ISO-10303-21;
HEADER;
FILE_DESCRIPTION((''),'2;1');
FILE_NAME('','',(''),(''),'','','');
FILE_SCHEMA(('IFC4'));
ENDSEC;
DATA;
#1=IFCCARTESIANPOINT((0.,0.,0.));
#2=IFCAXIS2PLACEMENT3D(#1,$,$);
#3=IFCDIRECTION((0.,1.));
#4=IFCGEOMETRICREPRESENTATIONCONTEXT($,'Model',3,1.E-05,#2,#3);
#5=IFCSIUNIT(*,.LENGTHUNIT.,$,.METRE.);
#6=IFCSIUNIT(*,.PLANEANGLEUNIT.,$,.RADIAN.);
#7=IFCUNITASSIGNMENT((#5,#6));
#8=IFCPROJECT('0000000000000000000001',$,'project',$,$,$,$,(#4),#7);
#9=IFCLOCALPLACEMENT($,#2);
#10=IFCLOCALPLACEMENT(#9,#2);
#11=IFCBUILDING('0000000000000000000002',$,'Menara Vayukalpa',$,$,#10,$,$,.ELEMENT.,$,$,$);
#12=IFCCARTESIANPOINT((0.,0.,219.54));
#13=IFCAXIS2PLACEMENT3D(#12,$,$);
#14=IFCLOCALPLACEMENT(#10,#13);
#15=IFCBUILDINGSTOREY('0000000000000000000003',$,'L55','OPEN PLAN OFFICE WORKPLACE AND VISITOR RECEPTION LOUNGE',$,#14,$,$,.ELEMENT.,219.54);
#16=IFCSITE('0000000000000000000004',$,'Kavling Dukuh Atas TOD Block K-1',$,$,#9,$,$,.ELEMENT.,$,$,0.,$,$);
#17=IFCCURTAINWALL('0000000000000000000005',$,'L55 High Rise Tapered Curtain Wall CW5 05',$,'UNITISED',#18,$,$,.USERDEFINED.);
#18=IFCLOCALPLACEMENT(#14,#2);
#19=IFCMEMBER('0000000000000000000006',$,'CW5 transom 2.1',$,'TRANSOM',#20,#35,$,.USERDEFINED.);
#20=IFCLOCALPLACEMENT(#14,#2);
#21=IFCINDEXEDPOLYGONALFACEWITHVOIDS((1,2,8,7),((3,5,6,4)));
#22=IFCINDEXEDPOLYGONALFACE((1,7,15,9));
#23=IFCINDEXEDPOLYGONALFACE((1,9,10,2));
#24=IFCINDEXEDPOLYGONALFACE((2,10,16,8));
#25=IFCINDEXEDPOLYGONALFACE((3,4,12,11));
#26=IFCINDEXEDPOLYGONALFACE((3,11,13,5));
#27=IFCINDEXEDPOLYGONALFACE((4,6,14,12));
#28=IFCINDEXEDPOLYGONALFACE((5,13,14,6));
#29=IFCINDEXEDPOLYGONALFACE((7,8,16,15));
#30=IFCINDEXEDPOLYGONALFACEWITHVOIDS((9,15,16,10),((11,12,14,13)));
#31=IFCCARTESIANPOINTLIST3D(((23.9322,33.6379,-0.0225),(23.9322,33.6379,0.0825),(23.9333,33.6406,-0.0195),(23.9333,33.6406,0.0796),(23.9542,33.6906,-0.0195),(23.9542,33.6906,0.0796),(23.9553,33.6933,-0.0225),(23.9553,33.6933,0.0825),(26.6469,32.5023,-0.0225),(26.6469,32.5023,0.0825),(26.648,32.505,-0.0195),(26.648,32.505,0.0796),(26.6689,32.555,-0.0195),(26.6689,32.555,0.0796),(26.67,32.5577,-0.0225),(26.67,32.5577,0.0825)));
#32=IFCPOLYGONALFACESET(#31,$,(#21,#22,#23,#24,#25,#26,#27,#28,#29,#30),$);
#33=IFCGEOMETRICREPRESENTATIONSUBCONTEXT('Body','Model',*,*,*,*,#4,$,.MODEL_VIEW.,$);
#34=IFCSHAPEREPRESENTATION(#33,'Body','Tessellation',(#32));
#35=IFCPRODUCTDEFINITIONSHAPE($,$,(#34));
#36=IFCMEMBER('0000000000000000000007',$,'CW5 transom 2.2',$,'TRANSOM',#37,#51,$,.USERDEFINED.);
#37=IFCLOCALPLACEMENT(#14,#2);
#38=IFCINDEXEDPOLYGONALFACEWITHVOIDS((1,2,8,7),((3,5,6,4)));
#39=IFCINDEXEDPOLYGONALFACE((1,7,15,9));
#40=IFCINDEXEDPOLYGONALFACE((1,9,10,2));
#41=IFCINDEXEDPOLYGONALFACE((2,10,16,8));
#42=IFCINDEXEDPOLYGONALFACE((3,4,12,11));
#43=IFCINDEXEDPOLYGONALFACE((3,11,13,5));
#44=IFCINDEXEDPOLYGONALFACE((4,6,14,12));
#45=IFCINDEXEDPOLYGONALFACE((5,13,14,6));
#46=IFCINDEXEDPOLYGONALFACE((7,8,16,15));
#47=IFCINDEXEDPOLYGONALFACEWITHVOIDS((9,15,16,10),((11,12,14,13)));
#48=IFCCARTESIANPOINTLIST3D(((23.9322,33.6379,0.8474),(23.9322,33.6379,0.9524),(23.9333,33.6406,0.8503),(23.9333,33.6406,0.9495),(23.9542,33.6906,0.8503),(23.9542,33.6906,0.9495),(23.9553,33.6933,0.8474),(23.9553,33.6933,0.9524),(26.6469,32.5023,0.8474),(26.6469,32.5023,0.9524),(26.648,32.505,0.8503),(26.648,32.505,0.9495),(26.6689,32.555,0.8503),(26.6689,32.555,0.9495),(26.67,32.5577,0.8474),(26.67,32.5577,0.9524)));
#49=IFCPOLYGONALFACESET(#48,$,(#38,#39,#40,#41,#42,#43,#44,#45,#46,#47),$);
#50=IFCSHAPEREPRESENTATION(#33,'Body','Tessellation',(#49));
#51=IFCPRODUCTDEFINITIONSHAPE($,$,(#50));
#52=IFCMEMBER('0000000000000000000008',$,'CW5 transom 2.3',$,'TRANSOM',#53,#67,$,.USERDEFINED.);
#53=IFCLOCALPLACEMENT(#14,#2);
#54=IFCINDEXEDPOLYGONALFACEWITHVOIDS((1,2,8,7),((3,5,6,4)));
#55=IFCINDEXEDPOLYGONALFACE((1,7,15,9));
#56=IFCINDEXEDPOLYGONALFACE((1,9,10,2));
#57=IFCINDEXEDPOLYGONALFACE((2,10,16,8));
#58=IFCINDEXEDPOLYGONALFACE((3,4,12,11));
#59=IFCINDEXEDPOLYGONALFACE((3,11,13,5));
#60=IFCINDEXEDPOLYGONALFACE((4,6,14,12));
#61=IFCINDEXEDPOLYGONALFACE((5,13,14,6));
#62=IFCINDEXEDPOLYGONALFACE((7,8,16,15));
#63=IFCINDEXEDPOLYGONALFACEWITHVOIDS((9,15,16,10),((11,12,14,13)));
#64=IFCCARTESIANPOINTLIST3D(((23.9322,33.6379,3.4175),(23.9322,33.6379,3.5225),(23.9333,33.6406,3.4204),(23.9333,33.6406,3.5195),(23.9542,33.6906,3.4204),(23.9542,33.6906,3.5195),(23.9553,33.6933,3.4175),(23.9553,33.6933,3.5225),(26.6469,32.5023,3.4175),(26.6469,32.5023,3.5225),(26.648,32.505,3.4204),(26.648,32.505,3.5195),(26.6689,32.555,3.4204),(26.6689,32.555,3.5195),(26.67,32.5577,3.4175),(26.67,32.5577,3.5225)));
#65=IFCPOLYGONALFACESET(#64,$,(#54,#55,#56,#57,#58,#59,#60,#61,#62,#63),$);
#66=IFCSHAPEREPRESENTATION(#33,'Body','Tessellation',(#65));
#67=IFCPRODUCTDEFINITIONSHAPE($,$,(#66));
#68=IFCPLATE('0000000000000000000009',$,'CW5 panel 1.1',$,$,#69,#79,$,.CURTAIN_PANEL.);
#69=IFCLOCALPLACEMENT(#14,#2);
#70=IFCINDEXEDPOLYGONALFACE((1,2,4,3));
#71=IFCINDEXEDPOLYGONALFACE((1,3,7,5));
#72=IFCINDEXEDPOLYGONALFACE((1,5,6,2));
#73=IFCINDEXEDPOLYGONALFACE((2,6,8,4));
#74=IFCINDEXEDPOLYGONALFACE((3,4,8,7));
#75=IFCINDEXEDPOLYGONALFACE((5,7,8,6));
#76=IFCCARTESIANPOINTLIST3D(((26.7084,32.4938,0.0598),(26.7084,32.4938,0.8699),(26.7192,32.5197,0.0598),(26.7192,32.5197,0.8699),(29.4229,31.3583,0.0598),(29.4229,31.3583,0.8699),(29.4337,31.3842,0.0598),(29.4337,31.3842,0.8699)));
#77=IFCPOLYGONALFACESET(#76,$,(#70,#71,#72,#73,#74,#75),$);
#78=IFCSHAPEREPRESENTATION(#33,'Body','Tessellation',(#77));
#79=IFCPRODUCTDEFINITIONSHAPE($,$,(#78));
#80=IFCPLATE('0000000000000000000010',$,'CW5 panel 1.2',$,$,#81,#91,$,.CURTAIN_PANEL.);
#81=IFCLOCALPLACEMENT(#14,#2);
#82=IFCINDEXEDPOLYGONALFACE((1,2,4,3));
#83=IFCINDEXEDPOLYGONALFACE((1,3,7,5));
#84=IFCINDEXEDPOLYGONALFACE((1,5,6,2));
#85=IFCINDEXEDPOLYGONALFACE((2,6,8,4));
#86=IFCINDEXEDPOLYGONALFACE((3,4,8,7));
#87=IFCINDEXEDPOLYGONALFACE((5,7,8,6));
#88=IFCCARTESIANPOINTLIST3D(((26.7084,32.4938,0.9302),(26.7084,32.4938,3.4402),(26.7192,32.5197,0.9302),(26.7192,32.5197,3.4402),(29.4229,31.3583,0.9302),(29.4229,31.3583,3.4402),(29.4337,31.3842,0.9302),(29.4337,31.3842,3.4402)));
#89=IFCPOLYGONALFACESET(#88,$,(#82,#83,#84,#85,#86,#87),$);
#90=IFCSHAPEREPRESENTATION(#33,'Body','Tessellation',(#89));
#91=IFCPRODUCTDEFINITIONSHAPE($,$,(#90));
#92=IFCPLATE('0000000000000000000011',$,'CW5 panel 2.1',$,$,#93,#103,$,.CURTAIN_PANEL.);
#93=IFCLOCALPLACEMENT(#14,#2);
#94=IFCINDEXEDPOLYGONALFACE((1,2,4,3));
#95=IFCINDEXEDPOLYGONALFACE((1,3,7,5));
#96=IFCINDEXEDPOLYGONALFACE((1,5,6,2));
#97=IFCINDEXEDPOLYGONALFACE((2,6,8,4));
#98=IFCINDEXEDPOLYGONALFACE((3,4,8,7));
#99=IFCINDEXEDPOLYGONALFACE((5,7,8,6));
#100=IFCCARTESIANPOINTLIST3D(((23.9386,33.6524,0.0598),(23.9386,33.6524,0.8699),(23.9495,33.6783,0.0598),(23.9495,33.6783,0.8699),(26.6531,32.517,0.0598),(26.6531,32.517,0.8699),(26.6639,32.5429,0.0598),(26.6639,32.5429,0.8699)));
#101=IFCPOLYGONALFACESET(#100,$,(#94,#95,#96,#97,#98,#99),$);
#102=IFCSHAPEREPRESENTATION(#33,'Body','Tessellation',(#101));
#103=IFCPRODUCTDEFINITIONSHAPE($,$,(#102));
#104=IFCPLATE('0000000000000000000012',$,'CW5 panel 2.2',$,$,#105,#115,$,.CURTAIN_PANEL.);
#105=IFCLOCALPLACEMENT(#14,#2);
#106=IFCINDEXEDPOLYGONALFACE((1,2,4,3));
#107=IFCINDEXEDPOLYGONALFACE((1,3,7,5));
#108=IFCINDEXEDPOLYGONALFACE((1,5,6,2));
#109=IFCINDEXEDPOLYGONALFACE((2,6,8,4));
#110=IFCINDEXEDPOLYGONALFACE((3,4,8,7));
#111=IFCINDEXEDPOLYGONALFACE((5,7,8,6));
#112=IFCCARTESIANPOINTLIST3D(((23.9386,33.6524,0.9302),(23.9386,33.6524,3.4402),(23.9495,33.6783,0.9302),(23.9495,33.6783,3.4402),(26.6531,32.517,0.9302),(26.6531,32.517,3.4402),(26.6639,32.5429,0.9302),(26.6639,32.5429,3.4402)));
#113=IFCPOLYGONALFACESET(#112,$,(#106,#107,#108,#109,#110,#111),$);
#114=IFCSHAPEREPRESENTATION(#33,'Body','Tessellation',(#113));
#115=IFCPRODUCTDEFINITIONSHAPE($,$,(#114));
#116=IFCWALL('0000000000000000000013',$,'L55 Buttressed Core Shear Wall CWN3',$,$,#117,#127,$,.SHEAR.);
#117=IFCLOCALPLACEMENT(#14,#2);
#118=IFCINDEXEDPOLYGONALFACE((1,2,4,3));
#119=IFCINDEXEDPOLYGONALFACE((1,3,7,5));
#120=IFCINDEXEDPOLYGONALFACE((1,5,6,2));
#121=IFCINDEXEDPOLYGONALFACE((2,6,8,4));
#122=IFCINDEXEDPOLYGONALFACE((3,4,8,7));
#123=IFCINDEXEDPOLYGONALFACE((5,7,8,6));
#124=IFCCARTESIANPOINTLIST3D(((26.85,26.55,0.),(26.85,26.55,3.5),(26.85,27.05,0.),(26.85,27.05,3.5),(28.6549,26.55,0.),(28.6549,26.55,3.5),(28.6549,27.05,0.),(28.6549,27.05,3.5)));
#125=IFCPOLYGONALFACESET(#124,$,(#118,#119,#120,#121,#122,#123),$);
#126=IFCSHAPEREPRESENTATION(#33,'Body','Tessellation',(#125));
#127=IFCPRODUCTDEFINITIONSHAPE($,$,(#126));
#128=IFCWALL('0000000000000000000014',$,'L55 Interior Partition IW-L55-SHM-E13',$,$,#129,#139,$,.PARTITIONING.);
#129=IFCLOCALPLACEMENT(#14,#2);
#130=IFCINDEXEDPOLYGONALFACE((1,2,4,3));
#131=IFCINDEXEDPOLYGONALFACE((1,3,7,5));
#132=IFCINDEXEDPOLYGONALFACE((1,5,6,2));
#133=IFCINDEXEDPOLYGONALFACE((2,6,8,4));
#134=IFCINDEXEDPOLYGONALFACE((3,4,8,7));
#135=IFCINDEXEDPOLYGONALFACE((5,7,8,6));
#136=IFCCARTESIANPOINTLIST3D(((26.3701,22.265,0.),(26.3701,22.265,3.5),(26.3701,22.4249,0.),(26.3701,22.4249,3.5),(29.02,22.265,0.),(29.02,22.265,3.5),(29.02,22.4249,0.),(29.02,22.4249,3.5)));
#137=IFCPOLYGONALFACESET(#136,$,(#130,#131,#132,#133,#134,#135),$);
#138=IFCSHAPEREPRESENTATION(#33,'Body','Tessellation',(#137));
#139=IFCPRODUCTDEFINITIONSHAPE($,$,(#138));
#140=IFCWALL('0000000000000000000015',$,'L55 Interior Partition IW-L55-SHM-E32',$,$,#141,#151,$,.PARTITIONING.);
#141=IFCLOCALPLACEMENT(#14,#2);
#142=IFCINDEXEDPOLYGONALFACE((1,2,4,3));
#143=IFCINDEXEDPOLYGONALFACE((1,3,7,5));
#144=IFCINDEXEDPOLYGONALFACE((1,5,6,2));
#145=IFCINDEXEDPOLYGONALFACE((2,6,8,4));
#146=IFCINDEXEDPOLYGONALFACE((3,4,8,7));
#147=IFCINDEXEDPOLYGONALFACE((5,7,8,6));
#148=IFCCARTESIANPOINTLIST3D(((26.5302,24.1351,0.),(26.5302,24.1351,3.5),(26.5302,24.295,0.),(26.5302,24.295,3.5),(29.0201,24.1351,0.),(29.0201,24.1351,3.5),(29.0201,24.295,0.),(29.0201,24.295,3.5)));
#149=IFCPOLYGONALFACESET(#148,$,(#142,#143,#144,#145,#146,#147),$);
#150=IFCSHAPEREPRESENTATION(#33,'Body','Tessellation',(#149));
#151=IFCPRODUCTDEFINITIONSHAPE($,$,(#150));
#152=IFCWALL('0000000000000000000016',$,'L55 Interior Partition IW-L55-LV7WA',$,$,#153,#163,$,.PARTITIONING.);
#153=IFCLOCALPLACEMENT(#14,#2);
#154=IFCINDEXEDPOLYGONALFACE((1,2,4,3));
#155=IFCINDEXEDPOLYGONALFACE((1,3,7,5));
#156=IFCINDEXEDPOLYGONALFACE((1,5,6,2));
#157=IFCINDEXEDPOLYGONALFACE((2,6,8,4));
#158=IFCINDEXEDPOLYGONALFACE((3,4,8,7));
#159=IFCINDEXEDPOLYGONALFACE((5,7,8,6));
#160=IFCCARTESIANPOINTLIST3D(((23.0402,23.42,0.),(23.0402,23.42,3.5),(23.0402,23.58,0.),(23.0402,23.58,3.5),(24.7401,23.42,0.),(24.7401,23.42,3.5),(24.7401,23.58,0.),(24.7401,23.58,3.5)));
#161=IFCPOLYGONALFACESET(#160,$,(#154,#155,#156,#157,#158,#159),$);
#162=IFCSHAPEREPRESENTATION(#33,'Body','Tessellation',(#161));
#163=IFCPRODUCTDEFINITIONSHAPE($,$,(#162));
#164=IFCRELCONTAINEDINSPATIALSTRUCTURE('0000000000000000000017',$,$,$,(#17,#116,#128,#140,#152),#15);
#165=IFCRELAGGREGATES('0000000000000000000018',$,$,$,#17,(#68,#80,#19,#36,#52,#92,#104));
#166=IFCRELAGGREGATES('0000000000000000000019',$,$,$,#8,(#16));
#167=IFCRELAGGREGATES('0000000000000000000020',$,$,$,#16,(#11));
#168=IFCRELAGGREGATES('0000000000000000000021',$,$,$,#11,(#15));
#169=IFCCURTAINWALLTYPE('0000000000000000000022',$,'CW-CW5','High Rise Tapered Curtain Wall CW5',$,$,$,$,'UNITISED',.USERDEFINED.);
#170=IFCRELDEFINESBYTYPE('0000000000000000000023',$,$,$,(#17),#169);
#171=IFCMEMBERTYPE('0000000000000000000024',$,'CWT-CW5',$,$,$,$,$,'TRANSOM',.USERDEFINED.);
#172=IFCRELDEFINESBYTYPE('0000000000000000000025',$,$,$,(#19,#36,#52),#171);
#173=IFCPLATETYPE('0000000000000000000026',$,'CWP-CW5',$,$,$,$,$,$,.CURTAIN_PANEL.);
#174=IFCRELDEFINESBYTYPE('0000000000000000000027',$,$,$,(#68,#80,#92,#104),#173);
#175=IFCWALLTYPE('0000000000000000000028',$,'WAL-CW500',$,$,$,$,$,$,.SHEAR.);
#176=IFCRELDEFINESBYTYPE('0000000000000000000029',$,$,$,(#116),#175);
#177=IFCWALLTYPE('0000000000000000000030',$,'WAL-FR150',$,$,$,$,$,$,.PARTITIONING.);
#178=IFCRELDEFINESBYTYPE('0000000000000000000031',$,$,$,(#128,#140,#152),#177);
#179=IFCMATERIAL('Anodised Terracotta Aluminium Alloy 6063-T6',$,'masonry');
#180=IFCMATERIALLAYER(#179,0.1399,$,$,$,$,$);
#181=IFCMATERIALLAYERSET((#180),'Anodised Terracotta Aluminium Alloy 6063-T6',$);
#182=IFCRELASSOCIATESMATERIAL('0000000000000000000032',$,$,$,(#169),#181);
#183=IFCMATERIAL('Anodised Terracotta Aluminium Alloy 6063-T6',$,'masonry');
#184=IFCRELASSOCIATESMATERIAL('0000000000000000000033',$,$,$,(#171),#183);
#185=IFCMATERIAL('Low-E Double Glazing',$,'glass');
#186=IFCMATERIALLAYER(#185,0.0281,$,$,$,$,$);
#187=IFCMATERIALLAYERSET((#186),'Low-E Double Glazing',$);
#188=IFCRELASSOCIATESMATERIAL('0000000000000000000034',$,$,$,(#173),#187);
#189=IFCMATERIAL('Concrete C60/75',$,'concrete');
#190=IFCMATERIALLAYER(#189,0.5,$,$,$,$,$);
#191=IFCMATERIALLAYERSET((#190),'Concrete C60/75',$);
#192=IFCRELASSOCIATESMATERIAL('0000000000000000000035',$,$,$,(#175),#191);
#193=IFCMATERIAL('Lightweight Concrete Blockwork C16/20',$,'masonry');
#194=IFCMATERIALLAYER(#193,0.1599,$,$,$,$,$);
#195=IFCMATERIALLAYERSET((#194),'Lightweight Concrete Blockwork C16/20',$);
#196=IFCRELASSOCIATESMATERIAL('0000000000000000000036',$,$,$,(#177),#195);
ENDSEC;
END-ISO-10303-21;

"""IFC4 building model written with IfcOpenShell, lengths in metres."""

from ifc_helpers import new_model, si_unit, direction, frame, frame_2d, origin, origin_2d, place, context, subcontext, project, spatial, rectangle, hollow_rectangle, extrude, material, layer, layer_set, material_profile, profile_set, type_object, element, aggregate, save


model = new_model("IFC4")

# Units and contexts
model_context = context("Model", 3, precision=1e-05, world=origin(), true_north=direction((0.0, 1.0)))
body_context = subcontext(model_context, "Body", "Model", "MODEL_VIEW")
ifc_project = project(units=[si_unit("LENGTHUNIT", "METRE"), si_unit("PLANEANGLEUNIT", "RADIAN")], contexts=[model_context])

# Site, building, storey
site_placement = place(None, origin())
site = spatial("IfcSite", under=ifc_project, at=site_placement, Name="Kavling Dukuh Atas TOD Block K-1", CompositionType="ELEMENT", RefElevation=0.0)
building_placement = place(site_placement, origin())
building = spatial("IfcBuilding", under=site, at=building_placement, Name="Menara Vayukalpa", CompositionType="ELEMENT")
storey_placement = place(building_placement, frame((0.0, 0.0, 219.54)))
storey = spatial("IfcBuildingStorey", under=building, at=storey_placement, Name="L55", Description="OPEN PLAN OFFICE WORKPLACE AND VISITOR RECEPTION LOUNGE", CompositionType="ELEMENT", Elevation=219.54)

# Curtain wall, members, plates
ifc_material_1 = material(Name="Anodised Terracotta Aluminium Alloy 6063-T6", Category="masonry")
ifc_layer_1 = layer(ifc_material_1, 0.1399)
ifc_layer_set_1 = layer_set([ifc_layer_1], Name="Anodised Terracotta Aluminium Alloy 6063-T6")
curtain_wall_type = type_object("IfcCurtainWallType", Name="CW-CW5", Description="High Rise Tapered Curtain Wall CW5", ElementType="UNITISED", PredefinedType="USERDEFINED", material=ifc_layer_set_1)
curtain_wall_placement = place(storey_placement, origin())
curtain_wall = element("IfcCurtainWall", 1, at=curtain_wall_placement, inside=storey, type_object=curtain_wall_type, Name="L55 High Rise Tapered Curtain Wall CW5 05", ObjectType="UNITISED", PredefinedType="USERDEFINED")
ifc_material_2 = material(Name="Anodised Terracotta Aluminium Alloy 6063-T6", Category="masonry")
ifc_material_profile_1 = material_profile(ifc_material_2, hollow_rectangle(XDim=0.0601, YDim=0.105, WallThickness=0.0029, at=origin_2d()), Name="ALU 60x105x3")
ifc_profile_set_1 = profile_set([ifc_material_profile_1], Name="Anodised Terracotta Aluminium Alloy 6063-T6")
member_type_1 = type_object("IfcMemberType", Name="CWT-CW5", ElementType="TRANSOM", PredefinedType="USERDEFINED", material=ifc_profile_set_1)
member_1_placement = place(storey_placement, frame((26.6584, 32.53, 0.03), z_axis=(-0.922543, 0.385893, 0.0), x_axis=(-0.385893, -0.922543, 0.0)))
member_1 = element("IfcMember", 2, at=member_1_placement, type_object=member_type_1, Name="CW5 transom 2.1", ObjectType="TRANSOM", PredefinedType="USERDEFINED", context=body_context, shape_type="SweptSolid", body=[
    extrude(hollow_rectangle(XDim=0.0601, YDim=0.105, WallThickness=0.0029, at=origin_2d()), origin(), (0.0, 0.0, 1.0), 2.9426),
])
member_2_placement = place(storey_placement, frame((26.6584, 32.53, 0.8999), z_axis=(-0.922543, 0.385893, 0.0), x_axis=(-0.385893, -0.922543, 0.0)))
member_2 = element("IfcMember", 3, at=member_2_placement, type_object=member_type_1, Name="CW5 transom 2.2", ObjectType="TRANSOM", PredefinedType="USERDEFINED", context=body_context, shape_type="SweptSolid", body=[
    extrude(hollow_rectangle(XDim=0.0601, YDim=0.105, WallThickness=0.0029, at=origin_2d()), origin(), (0.0, 0.0, 1.0), 2.9426),
])
member_3_placement = place(storey_placement, frame((26.6584, 32.53, 3.47), z_axis=(-0.922543, 0.385893, 0.0), x_axis=(-0.385893, -0.922543, 0.0)))
member_3 = element("IfcMember", 4, at=member_3_placement, type_object=member_type_1, Name="CW5 transom 2.3", ObjectType="TRANSOM", PredefinedType="USERDEFINED", context=body_context, shape_type="SweptSolid", body=[
    extrude(hollow_rectangle(XDim=0.0601, YDim=0.105, WallThickness=0.0029, at=origin_2d()), origin(), (0.0, 0.0, 1.0), 2.9426),
])
ifc_material_3 = material(Name="Low-E Double Glazing", Category="glass")
ifc_layer_2 = layer(ifc_material_3, 0.0281)
ifc_layer_set_2 = layer_set([ifc_layer_2], Name="Low-E Double Glazing")
plate_type = type_object("IfcPlateType", Name="CWP-CW5", PredefinedType="CURTAIN_PANEL", material=ifc_layer_set_2)
plate_1_placement = place(storey_placement, frame((28.071, 31.939, 0.0598), z_axis=(0.0, 0.0, 1.0), x_axis=(-0.922539, 0.385903, 0.0)))
plate_1 = element("IfcPlate", 5, at=plate_1_placement, type_object=plate_type, Name="CW5 panel 1.1", PredefinedType="CURTAIN_PANEL", context=body_context, shape_type="SweptSolid", body=[
    extrude(rectangle(XDim=2.9424, YDim=0.0281, at=origin_2d()), origin(), (0.0, 0.0, 1.0), 0.8101),
])
plate_2_placement = place(storey_placement, frame((28.071, 31.939, 0.9302), z_axis=(0.0, 0.0, 1.0), x_axis=(-0.922539, 0.385903, 0.0)))
plate_2 = element("IfcPlate", 6, at=plate_2_placement, type_object=plate_type, Name="CW5 panel 1.2", PredefinedType="CURTAIN_PANEL", context=body_context, shape_type="SweptSolid", body=[
    extrude(rectangle(XDim=2.9424, YDim=0.0281, at=origin_2d()), origin(), (0.0, 0.0, 1.0), 2.51),
])
plate_3_placement = place(storey_placement, frame((25.3013, 33.0977, 0.0598), z_axis=(0.0, 0.0, 1.0), x_axis=(-0.922539, 0.385903, 0.0)))
plate_3 = element("IfcPlate", 7, at=plate_3_placement, type_object=plate_type, Name="CW5 panel 2.1", PredefinedType="CURTAIN_PANEL", context=body_context, shape_type="SweptSolid", body=[
    extrude(rectangle(XDim=2.9424, YDim=0.0281, at=origin_2d()), origin(), (0.0, 0.0, 1.0), 0.8101),
])
plate_4_placement = place(storey_placement, frame((25.3013, 33.0977, 0.9302), z_axis=(0.0, 0.0, 1.0), x_axis=(-0.922539, 0.385903, 0.0)))
plate_4 = element("IfcPlate", 8, at=plate_4_placement, type_object=plate_type, Name="CW5 panel 2.2", PredefinedType="CURTAIN_PANEL", context=body_context, shape_type="SweptSolid", body=[
    extrude(rectangle(XDim=2.9424, YDim=0.0281, at=origin_2d()), origin(), (0.0, 0.0, 1.0), 2.51),
])
aggregate(curtain_wall, [plate_1, plate_2, member_1, member_2, member_3, plate_3, plate_4])

# Walls
ifc_material_4 = material(Name="Concrete C60/75", Category="concrete")
ifc_layer_3 = layer(ifc_material_4, 0.5)
ifc_layer_set_3 = layer_set([ifc_layer_3], Name="Concrete C60/75")
wall_type_1 = type_object("IfcWallType", Name="WAL-CW500", PredefinedType="SHEAR", material=ifc_layer_set_3)
wall_1_placement = place(storey_placement, frame((26.8501, 26.8, 0.0), z_axis=(0.0, 0.0, 1.0), x_axis=(1.0, 0.0, 0.0)))
element("IfcWall", 9, at=wall_1_placement, inside=storey, type_object=wall_type_1, Name="L55 Buttressed Core Shear Wall CWN3", PredefinedType="SHEAR", context=body_context, shape_type="SweptSolid", body=[
    extrude(rectangle(XDim=1.8049, YDim=0.5, at=frame_2d((0.9023, 0.0))), origin(), (0.0, 0.0, 1.0), 3.5),
])
ifc_material_5 = material(Name="Lightweight Concrete Blockwork C16/20", Category="masonry")
ifc_layer_4 = layer(ifc_material_5, 0.1599)
ifc_layer_set_4 = layer_set([ifc_layer_4], Name="Lightweight Concrete Blockwork C16/20")
wall_type_2 = type_object("IfcWallType", Name="WAL-FR150", PredefinedType="PARTITIONING", material=ifc_layer_set_4)
wall_2_placement = place(storey_placement, frame((26.3701, 22.345, 0.0), z_axis=(0.0, 0.0, 1.0), x_axis=(1.0, 0.0, 0.0)))
element("IfcWall", 10, at=wall_2_placement, inside=storey, type_object=wall_type_2, Name="L55 Interior Partition IW-L55-SHM-E13", PredefinedType="PARTITIONING", context=body_context, shape_type="SweptSolid", body=[
    extrude(rectangle(XDim=2.6499, YDim=0.1599, at=frame_2d((1.325, 0.0))), origin(), (0.0, 0.0, 1.0), 3.5),
])
wall_3_placement = place(storey_placement, frame((26.53, 24.2151, 0.0), z_axis=(0.0, 0.0, 1.0), x_axis=(1.0, 0.0, 0.0)))
element("IfcWall", 11, at=wall_3_placement, inside=storey, type_object=wall_type_2, Name="L55 Interior Partition IW-L55-SHM-E32", PredefinedType="PARTITIONING", context=body_context, shape_type="SweptSolid", body=[
    extrude(rectangle(XDim=2.49, YDim=0.1599, at=frame_2d((1.2451, 0.0))), origin(), (0.0, 0.0, 1.0), 3.5),
])
wall_4_placement = place(storey_placement, frame((23.04, 23.5, 0.0), z_axis=(0.0, 0.0, 1.0), x_axis=(1.0, 0.0, 0.0)))
element("IfcWall", 12, at=wall_4_placement, inside=storey, type_object=wall_type_2, Name="L55 Interior Partition IW-L55-LV7WA", PredefinedType="PARTITIONING", context=body_context, shape_type="SweptSolid", body=[
    extrude(rectangle(XDim=1.7, YDim=0.1599, at=frame_2d((0.8501, 0.0))), origin(), (0.0, 0.0, 1.0), 3.5),
])

save(model, "model.ifc")
